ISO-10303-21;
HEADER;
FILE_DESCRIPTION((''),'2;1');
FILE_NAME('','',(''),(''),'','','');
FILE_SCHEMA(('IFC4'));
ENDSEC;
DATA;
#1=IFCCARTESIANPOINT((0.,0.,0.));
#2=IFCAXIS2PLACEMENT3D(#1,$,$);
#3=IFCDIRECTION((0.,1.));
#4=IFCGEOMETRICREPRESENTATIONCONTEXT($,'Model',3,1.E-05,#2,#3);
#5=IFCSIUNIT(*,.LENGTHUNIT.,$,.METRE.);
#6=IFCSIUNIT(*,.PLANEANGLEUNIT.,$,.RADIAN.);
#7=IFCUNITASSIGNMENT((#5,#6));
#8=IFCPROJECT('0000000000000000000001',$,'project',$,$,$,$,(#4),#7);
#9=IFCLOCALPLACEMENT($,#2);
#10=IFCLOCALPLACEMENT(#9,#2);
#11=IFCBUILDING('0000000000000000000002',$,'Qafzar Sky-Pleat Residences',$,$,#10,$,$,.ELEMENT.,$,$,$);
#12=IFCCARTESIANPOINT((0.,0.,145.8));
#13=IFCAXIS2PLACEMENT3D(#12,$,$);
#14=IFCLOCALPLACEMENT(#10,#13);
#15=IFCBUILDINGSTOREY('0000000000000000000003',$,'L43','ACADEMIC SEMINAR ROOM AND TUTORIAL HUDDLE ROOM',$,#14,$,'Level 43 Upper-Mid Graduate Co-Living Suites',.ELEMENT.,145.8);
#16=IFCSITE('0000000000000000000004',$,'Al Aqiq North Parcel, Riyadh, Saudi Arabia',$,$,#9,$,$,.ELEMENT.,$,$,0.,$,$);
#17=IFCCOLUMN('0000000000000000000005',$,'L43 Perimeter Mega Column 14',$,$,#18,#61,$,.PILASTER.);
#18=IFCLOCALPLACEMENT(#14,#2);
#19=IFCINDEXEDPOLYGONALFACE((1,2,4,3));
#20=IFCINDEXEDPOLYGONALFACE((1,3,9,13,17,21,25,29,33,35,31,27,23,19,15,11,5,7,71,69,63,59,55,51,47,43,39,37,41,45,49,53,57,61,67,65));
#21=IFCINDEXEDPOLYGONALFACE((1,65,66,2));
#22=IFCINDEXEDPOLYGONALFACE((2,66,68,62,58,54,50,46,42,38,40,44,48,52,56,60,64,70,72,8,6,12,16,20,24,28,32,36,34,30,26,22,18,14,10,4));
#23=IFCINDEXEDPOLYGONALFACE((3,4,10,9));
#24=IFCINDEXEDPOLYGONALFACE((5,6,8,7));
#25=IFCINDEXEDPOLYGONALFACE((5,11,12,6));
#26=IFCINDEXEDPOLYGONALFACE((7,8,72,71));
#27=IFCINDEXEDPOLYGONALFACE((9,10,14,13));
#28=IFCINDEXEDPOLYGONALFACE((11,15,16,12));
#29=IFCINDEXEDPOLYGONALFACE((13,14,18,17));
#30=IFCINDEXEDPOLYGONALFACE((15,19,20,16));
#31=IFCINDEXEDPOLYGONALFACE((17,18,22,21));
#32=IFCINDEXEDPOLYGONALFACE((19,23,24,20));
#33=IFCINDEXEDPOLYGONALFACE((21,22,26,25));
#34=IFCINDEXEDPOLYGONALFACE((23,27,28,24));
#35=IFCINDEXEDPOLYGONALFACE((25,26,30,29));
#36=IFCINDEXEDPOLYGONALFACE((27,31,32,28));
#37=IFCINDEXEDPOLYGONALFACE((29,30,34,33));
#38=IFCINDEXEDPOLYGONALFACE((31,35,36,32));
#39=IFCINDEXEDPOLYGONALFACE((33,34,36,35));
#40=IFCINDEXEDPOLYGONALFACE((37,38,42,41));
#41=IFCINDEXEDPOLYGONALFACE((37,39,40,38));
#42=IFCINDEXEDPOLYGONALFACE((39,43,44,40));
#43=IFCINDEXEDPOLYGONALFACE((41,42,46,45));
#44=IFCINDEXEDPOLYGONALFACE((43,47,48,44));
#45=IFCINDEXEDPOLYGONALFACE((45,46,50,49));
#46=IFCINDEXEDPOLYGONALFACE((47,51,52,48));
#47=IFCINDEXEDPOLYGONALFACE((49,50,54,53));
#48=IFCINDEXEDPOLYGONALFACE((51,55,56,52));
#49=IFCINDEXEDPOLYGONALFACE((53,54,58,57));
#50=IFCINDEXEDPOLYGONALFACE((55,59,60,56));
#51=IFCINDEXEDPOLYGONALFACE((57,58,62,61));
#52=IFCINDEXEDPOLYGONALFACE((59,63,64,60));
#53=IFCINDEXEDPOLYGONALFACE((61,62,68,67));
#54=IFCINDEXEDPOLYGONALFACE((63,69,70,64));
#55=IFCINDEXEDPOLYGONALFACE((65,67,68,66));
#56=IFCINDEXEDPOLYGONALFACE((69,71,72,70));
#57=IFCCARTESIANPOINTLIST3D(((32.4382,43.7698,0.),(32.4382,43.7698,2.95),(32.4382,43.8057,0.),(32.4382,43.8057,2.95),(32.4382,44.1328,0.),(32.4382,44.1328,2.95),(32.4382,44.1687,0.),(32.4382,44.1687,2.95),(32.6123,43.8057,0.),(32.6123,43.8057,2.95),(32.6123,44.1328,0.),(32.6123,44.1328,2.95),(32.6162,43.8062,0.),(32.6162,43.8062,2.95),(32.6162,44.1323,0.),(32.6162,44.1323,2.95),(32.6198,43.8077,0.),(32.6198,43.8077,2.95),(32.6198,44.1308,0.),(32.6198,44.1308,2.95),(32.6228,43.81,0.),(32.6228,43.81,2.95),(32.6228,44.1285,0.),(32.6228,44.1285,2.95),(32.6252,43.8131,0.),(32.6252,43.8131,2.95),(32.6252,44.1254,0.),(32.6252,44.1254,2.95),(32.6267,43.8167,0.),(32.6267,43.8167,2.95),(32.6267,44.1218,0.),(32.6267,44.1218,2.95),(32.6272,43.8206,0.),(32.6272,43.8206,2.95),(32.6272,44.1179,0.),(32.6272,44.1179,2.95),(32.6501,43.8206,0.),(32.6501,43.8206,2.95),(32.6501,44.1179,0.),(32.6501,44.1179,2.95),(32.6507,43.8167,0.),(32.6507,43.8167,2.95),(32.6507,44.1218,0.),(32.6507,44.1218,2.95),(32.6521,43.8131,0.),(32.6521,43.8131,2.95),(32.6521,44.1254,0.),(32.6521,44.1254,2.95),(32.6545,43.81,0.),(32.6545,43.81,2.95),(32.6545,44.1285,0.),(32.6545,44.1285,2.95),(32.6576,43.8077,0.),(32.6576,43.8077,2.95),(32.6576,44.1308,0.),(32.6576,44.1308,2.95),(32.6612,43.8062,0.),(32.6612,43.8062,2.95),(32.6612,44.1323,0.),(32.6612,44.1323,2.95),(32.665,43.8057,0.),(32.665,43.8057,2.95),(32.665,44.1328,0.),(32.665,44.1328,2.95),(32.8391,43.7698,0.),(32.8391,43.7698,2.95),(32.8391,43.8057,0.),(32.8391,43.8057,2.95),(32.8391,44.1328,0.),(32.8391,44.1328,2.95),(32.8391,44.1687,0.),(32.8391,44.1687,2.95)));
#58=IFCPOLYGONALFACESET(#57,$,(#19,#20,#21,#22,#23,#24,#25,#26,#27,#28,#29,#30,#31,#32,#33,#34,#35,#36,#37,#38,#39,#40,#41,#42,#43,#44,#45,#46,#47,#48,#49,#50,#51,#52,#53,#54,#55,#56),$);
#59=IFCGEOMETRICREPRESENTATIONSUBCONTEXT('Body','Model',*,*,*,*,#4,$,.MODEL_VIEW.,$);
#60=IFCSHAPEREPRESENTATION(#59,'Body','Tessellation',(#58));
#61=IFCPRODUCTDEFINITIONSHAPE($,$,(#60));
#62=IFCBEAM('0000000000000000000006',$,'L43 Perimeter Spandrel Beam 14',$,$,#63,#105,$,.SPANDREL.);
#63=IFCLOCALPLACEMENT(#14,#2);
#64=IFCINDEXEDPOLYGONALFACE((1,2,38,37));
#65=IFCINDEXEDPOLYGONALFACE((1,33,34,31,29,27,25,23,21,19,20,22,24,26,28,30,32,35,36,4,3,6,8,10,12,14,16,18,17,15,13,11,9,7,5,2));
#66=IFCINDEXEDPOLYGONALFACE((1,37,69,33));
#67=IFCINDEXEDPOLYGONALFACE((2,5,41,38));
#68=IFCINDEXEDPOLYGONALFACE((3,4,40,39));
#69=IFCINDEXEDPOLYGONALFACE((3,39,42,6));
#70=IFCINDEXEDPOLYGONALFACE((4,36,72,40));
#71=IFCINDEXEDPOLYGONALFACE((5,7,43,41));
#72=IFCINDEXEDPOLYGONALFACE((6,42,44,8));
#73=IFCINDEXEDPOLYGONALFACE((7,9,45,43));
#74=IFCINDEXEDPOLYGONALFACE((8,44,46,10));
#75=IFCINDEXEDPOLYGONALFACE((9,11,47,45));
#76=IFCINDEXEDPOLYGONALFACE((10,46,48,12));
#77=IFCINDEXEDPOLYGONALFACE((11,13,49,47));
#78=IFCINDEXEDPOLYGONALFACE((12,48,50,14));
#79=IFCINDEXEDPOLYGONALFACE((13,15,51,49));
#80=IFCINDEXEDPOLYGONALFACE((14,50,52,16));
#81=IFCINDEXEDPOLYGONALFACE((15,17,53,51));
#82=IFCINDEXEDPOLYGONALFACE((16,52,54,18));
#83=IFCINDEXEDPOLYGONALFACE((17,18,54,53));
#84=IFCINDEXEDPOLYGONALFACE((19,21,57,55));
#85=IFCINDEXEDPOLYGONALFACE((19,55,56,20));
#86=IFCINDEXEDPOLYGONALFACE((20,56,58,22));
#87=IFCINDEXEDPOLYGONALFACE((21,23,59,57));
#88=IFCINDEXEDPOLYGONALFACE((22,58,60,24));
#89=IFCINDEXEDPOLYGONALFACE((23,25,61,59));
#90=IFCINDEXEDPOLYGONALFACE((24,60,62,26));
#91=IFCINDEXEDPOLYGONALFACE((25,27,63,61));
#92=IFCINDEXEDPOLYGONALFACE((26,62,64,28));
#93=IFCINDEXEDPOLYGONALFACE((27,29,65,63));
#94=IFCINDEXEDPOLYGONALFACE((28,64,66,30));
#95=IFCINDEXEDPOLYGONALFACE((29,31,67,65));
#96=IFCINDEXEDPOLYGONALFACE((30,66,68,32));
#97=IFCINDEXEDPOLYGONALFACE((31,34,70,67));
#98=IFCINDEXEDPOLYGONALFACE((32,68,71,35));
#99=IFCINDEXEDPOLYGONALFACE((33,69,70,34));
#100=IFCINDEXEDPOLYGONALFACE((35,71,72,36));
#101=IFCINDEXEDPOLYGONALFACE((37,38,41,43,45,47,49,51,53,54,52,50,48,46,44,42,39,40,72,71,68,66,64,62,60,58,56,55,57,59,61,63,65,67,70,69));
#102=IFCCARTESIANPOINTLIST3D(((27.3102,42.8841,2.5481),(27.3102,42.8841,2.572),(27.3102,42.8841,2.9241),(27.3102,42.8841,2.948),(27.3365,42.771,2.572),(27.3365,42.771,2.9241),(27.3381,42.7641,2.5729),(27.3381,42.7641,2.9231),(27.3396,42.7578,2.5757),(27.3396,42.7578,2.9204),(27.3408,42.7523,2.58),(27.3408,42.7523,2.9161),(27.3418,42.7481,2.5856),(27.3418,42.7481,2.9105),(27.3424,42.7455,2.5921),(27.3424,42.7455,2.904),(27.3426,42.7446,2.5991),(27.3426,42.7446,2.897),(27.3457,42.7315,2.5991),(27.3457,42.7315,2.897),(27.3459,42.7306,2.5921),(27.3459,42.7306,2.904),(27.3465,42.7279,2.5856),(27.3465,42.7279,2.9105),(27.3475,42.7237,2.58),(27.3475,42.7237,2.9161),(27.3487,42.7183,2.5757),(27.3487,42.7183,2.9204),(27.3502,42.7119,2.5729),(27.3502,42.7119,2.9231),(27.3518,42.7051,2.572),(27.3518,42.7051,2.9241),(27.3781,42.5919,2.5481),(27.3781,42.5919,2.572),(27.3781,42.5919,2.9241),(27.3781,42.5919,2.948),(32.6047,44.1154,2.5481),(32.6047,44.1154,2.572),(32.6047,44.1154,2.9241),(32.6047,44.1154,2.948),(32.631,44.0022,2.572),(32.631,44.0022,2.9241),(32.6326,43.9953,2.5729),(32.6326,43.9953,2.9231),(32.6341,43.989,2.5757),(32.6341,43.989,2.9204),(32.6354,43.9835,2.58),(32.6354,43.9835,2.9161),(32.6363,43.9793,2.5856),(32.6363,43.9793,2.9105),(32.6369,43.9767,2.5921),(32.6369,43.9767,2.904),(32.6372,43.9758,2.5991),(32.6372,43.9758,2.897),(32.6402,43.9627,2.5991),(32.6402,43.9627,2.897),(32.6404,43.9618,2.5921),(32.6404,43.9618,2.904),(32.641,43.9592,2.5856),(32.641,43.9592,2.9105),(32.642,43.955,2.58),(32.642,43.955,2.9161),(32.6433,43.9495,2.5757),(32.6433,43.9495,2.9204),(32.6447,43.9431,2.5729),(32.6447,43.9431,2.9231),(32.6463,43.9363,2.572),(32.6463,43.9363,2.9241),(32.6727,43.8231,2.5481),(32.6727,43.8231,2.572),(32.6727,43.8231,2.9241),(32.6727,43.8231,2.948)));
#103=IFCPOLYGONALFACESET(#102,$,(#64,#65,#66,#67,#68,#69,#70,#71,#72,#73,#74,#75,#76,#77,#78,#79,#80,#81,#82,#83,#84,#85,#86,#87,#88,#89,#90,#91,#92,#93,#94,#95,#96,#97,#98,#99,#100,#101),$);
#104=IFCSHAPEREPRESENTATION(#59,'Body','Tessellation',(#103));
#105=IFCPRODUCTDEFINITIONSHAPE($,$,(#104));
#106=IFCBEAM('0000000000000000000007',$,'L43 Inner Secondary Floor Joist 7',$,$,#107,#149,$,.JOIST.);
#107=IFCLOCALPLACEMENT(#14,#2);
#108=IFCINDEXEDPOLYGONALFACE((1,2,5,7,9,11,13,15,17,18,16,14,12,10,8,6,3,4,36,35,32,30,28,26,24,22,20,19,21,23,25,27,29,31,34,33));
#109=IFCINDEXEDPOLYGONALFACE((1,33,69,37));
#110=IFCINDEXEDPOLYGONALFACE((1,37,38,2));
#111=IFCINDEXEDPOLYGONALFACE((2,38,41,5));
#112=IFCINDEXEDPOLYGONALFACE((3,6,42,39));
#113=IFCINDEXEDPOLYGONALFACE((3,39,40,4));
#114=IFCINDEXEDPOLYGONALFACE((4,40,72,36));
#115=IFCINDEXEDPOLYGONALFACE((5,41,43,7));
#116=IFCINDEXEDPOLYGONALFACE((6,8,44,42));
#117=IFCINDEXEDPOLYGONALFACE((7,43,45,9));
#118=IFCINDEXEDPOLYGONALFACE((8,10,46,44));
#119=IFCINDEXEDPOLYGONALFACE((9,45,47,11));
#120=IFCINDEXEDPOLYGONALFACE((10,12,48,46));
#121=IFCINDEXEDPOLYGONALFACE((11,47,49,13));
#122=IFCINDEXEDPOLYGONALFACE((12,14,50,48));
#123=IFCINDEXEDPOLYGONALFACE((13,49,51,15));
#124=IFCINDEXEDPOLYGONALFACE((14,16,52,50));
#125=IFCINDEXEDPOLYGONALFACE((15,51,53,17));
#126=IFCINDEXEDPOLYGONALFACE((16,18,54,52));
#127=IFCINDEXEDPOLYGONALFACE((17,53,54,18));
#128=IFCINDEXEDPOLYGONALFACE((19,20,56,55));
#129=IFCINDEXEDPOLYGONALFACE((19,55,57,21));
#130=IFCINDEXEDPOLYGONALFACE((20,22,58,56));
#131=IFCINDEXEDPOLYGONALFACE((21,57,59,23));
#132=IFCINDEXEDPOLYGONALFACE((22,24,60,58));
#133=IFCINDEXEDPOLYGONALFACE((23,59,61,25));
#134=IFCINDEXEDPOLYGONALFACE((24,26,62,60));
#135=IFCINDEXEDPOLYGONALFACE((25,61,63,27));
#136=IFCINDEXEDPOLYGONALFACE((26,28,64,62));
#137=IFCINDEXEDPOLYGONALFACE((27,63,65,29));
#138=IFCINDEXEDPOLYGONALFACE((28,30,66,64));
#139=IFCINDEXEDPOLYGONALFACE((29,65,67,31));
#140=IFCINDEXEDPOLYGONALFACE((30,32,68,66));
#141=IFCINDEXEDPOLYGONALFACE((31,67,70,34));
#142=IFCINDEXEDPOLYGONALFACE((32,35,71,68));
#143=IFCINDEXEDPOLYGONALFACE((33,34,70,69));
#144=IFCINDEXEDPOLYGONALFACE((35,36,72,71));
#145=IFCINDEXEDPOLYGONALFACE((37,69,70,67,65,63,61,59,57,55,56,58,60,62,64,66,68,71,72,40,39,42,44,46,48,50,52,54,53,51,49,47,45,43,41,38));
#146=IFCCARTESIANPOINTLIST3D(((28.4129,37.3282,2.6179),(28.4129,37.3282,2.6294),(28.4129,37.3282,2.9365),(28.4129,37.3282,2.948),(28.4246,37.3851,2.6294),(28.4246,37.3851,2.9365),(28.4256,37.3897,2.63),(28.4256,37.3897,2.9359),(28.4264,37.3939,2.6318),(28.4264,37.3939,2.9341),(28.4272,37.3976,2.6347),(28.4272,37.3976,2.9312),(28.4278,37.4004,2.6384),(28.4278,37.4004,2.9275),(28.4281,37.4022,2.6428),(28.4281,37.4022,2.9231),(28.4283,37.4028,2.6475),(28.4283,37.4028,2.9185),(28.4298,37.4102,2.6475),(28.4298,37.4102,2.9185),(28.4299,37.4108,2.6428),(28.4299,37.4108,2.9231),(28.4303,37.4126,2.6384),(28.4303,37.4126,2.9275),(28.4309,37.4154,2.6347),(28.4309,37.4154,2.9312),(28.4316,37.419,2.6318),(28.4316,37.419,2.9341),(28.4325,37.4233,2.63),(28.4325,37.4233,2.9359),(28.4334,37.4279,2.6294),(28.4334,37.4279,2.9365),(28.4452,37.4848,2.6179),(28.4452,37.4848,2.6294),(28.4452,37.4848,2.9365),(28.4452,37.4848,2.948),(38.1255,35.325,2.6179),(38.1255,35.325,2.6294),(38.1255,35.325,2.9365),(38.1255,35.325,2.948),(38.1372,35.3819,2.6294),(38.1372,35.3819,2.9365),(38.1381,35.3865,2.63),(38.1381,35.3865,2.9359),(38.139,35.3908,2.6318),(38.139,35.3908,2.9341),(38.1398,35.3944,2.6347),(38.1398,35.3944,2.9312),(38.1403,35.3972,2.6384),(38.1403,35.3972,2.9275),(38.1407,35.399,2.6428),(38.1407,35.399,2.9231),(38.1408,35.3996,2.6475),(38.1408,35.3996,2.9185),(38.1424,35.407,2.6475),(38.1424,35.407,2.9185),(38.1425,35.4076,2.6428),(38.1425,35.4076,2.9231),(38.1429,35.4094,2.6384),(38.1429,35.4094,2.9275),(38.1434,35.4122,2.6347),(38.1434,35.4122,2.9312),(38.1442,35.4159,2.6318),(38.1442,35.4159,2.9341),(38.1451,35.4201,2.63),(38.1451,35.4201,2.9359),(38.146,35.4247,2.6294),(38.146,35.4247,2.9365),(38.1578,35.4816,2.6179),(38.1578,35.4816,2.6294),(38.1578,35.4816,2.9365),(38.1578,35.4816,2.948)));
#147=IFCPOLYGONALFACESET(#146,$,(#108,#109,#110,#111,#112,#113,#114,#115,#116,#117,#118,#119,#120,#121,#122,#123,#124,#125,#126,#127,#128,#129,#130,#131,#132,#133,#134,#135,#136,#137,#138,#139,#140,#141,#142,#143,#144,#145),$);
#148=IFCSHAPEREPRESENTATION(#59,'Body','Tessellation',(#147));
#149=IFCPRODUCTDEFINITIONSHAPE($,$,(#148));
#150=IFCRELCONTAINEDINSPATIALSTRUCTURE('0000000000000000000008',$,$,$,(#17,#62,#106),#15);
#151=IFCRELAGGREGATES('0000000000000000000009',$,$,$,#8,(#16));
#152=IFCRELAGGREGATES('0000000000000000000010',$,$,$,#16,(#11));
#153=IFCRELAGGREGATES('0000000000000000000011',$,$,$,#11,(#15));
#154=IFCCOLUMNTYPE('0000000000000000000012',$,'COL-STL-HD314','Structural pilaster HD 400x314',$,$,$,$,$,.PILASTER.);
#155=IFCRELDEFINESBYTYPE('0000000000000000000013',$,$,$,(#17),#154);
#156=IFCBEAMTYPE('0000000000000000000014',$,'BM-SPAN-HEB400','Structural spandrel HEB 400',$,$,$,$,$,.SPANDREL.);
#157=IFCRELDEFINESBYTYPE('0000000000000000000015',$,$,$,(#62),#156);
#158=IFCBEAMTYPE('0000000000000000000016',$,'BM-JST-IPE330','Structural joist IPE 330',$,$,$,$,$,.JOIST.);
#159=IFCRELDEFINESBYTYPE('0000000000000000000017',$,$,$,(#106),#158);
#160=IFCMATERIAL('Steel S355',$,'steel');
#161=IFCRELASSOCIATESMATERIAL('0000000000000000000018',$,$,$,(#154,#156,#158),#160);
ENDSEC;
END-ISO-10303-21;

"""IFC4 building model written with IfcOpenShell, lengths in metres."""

from ifc_helpers import new_model, si_unit, direction, frame, origin, origin_2d, place, context, subcontext, project, spatial, i_section, extrude, source, transform, mapped, material, material_profile, profile_set, type_object, element, save


model = new_model("IFC4")

# Units and contexts
model_context = context("Model", 3, precision=1e-05, world=origin(), true_north=direction((0.0, 1.0)))
body_context = subcontext(model_context, "Body", "Model", "MODEL_VIEW")
ifc_project = project(units=[si_unit("LENGTHUNIT", "METRE"), si_unit("PLANEANGLEUNIT", "RADIAN")], contexts=[model_context])

# Site, building, storey
site_placement = place(None, origin())
site = spatial("IfcSite", under=ifc_project, at=site_placement, Name="Al Aqiq North Parcel, Riyadh, Saudi Arabia", CompositionType="ELEMENT", RefElevation=0.0)
building_placement = place(site_placement, origin())
building = spatial("IfcBuilding", under=site, at=building_placement, Name="Qafzar Sky-Pleat Residences", CompositionType="ELEMENT")
storey_placement = place(building_placement, frame((0.0, 0.0, 145.8)))
storey = spatial("IfcBuildingStorey", under=building, at=storey_placement, Name="L43", Description="ACADEMIC SEMINAR ROOM AND TUTORIAL HUDDLE ROOM", LongName="Level 43 Upper-Mid Graduate Co-Living Suites", CompositionType="ELEMENT", Elevation=145.8)

# Column
ifc_material_1 = material(Name="Steel S355", Category="steel")
ifc_material_profile_1 = material_profile(ifc_material_1, i_section(OverallWidth=0.4009, OverallDepth=0.3989, WebThickness=0.0229, FlangeThickness=0.0359, FilletRadius=0.0149, at=origin_2d()), Name="HD 400x314")
ifc_profile_set_1 = profile_set([ifc_material_profile_1], Name="Steel S355")
column_type = type_object("IfcColumnType", Name="COL-STL-HD314", Description="Structural pilaster HD 400x314", PredefinedType="PILASTER", material=ifc_profile_set_1)
shared_shape_1 = source(origin(), body_context, "Body", "SweptSolid", [
    extrude(i_section(OverallWidth=0.4009, OverallDepth=0.3989, WebThickness=0.0229, FlangeThickness=0.0359, FilletRadius=0.0149, at=origin_2d()), origin(), (0.0, 0.0, 1.0), 2.95),
])
column_placement = place(storey_placement, frame((32.6387, 43.9692, 0.0), z_axis=(0.0, 0.0, 1.0), x_axis=(1.0, 0.0, 0.0)))
element("IfcColumn", 1, at=column_placement, inside=storey, type_object=column_type, Name="L43 Perimeter Mega Column 14", PredefinedType="PILASTER", context=body_context, shape_type="MappedRepresentation", body=[
    mapped(shared_shape_1, transform((0.0, 0.0, 0.0), x_axis=(1.0, 0.0, 0.0), y_axis=(0.0, 1.0, 0.0), z_axis=(0.0, 0.0, 1.0), scale=1.0)),
])

# Beams
ifc_material_profile_2 = material_profile(ifc_material_1, i_section(OverallWidth=0.3, OverallDepth=0.3999, WebThickness=0.0134, FlangeThickness=0.0239, FilletRadius=0.0271, at=origin_2d()), Name="HEB 400")
ifc_profile_set_2 = profile_set([ifc_material_profile_2], Name="Steel S355")
beam_type_1 = type_object("IfcBeamType", Name="BM-SPAN-HEB400", Description="Structural spandrel HEB 400", PredefinedType="SPANDREL", material=ifc_profile_set_2)
shared_shape_2 = source(origin(), body_context, "Body", "SweptSolid", [
    extrude(i_section(OverallWidth=0.3, OverallDepth=0.3999, WebThickness=0.0134, FlangeThickness=0.0239, FilletRadius=0.0271, at=origin_2d()), origin(), (0.0, 0.0, 1.0), 5.4358),
])
beam_1_placement = place(storey_placement, frame((32.6387, 43.9692, 2.748), z_axis=(-0.974011, -0.226503, 0.0), x_axis=(0.226503, -0.974011, 0.0)))
element("IfcBeam", 2, at=beam_1_placement, inside=storey, type_object=beam_type_1, Name="L43 Perimeter Spandrel Beam 14", PredefinedType="SPANDREL", context=body_context, shape_type="MappedRepresentation", body=[
    mapped(shared_shape_2, transform((0.0, 0.0, 0.0), x_axis=(1.0, 0.0, 0.0), y_axis=(0.0, 1.0, 0.0), z_axis=(0.0, 0.0, 1.0), scale=1.0)),
])
ifc_material_profile_3 = material_profile(ifc_material_1, i_section(OverallWidth=0.1599, OverallDepth=0.3301, WebThickness=0.0076, FlangeThickness=0.0115, FilletRadius=0.0181, at=origin_2d()), Name="IPE 330")
ifc_profile_set_3 = profile_set([ifc_material_profile_3], Name="Steel S355")
beam_type_2 = type_object("IfcBeamType", Name="BM-JST-IPE330", Description="Structural joist IPE 330", PredefinedType="JOIST", material=ifc_profile_set_3)
shared_shape_3 = source(origin(), body_context, "Body", "SweptSolid", [
    extrude(i_section(OverallWidth=0.1599, OverallDepth=0.3301, WebThickness=0.0076, FlangeThickness=0.0115, FilletRadius=0.0181, at=origin_2d()), origin(), (0.0, 0.0, 1.0), 9.917),
])
beam_2_placement = place(storey_placement, frame((38.1416, 35.4033, 2.783), z_axis=(-0.979387, 0.201993, 0.0), x_axis=(-0.201993, -0.979387, 0.0)))
element("IfcBeam", 3, at=beam_2_placement, inside=storey, type_object=beam_type_2, Name="L43 Inner Secondary Floor Joist 7", PredefinedType="JOIST", context=body_context, shape_type="MappedRepresentation", body=[
    mapped(shared_shape_3, transform((0.0, 0.0, 0.0), x_axis=(1.0, 0.0, 0.0), y_axis=(0.0, 1.0, 0.0), z_axis=(0.0, 0.0, 1.0), scale=1.0)),
])

save(model, "model.ifc")
